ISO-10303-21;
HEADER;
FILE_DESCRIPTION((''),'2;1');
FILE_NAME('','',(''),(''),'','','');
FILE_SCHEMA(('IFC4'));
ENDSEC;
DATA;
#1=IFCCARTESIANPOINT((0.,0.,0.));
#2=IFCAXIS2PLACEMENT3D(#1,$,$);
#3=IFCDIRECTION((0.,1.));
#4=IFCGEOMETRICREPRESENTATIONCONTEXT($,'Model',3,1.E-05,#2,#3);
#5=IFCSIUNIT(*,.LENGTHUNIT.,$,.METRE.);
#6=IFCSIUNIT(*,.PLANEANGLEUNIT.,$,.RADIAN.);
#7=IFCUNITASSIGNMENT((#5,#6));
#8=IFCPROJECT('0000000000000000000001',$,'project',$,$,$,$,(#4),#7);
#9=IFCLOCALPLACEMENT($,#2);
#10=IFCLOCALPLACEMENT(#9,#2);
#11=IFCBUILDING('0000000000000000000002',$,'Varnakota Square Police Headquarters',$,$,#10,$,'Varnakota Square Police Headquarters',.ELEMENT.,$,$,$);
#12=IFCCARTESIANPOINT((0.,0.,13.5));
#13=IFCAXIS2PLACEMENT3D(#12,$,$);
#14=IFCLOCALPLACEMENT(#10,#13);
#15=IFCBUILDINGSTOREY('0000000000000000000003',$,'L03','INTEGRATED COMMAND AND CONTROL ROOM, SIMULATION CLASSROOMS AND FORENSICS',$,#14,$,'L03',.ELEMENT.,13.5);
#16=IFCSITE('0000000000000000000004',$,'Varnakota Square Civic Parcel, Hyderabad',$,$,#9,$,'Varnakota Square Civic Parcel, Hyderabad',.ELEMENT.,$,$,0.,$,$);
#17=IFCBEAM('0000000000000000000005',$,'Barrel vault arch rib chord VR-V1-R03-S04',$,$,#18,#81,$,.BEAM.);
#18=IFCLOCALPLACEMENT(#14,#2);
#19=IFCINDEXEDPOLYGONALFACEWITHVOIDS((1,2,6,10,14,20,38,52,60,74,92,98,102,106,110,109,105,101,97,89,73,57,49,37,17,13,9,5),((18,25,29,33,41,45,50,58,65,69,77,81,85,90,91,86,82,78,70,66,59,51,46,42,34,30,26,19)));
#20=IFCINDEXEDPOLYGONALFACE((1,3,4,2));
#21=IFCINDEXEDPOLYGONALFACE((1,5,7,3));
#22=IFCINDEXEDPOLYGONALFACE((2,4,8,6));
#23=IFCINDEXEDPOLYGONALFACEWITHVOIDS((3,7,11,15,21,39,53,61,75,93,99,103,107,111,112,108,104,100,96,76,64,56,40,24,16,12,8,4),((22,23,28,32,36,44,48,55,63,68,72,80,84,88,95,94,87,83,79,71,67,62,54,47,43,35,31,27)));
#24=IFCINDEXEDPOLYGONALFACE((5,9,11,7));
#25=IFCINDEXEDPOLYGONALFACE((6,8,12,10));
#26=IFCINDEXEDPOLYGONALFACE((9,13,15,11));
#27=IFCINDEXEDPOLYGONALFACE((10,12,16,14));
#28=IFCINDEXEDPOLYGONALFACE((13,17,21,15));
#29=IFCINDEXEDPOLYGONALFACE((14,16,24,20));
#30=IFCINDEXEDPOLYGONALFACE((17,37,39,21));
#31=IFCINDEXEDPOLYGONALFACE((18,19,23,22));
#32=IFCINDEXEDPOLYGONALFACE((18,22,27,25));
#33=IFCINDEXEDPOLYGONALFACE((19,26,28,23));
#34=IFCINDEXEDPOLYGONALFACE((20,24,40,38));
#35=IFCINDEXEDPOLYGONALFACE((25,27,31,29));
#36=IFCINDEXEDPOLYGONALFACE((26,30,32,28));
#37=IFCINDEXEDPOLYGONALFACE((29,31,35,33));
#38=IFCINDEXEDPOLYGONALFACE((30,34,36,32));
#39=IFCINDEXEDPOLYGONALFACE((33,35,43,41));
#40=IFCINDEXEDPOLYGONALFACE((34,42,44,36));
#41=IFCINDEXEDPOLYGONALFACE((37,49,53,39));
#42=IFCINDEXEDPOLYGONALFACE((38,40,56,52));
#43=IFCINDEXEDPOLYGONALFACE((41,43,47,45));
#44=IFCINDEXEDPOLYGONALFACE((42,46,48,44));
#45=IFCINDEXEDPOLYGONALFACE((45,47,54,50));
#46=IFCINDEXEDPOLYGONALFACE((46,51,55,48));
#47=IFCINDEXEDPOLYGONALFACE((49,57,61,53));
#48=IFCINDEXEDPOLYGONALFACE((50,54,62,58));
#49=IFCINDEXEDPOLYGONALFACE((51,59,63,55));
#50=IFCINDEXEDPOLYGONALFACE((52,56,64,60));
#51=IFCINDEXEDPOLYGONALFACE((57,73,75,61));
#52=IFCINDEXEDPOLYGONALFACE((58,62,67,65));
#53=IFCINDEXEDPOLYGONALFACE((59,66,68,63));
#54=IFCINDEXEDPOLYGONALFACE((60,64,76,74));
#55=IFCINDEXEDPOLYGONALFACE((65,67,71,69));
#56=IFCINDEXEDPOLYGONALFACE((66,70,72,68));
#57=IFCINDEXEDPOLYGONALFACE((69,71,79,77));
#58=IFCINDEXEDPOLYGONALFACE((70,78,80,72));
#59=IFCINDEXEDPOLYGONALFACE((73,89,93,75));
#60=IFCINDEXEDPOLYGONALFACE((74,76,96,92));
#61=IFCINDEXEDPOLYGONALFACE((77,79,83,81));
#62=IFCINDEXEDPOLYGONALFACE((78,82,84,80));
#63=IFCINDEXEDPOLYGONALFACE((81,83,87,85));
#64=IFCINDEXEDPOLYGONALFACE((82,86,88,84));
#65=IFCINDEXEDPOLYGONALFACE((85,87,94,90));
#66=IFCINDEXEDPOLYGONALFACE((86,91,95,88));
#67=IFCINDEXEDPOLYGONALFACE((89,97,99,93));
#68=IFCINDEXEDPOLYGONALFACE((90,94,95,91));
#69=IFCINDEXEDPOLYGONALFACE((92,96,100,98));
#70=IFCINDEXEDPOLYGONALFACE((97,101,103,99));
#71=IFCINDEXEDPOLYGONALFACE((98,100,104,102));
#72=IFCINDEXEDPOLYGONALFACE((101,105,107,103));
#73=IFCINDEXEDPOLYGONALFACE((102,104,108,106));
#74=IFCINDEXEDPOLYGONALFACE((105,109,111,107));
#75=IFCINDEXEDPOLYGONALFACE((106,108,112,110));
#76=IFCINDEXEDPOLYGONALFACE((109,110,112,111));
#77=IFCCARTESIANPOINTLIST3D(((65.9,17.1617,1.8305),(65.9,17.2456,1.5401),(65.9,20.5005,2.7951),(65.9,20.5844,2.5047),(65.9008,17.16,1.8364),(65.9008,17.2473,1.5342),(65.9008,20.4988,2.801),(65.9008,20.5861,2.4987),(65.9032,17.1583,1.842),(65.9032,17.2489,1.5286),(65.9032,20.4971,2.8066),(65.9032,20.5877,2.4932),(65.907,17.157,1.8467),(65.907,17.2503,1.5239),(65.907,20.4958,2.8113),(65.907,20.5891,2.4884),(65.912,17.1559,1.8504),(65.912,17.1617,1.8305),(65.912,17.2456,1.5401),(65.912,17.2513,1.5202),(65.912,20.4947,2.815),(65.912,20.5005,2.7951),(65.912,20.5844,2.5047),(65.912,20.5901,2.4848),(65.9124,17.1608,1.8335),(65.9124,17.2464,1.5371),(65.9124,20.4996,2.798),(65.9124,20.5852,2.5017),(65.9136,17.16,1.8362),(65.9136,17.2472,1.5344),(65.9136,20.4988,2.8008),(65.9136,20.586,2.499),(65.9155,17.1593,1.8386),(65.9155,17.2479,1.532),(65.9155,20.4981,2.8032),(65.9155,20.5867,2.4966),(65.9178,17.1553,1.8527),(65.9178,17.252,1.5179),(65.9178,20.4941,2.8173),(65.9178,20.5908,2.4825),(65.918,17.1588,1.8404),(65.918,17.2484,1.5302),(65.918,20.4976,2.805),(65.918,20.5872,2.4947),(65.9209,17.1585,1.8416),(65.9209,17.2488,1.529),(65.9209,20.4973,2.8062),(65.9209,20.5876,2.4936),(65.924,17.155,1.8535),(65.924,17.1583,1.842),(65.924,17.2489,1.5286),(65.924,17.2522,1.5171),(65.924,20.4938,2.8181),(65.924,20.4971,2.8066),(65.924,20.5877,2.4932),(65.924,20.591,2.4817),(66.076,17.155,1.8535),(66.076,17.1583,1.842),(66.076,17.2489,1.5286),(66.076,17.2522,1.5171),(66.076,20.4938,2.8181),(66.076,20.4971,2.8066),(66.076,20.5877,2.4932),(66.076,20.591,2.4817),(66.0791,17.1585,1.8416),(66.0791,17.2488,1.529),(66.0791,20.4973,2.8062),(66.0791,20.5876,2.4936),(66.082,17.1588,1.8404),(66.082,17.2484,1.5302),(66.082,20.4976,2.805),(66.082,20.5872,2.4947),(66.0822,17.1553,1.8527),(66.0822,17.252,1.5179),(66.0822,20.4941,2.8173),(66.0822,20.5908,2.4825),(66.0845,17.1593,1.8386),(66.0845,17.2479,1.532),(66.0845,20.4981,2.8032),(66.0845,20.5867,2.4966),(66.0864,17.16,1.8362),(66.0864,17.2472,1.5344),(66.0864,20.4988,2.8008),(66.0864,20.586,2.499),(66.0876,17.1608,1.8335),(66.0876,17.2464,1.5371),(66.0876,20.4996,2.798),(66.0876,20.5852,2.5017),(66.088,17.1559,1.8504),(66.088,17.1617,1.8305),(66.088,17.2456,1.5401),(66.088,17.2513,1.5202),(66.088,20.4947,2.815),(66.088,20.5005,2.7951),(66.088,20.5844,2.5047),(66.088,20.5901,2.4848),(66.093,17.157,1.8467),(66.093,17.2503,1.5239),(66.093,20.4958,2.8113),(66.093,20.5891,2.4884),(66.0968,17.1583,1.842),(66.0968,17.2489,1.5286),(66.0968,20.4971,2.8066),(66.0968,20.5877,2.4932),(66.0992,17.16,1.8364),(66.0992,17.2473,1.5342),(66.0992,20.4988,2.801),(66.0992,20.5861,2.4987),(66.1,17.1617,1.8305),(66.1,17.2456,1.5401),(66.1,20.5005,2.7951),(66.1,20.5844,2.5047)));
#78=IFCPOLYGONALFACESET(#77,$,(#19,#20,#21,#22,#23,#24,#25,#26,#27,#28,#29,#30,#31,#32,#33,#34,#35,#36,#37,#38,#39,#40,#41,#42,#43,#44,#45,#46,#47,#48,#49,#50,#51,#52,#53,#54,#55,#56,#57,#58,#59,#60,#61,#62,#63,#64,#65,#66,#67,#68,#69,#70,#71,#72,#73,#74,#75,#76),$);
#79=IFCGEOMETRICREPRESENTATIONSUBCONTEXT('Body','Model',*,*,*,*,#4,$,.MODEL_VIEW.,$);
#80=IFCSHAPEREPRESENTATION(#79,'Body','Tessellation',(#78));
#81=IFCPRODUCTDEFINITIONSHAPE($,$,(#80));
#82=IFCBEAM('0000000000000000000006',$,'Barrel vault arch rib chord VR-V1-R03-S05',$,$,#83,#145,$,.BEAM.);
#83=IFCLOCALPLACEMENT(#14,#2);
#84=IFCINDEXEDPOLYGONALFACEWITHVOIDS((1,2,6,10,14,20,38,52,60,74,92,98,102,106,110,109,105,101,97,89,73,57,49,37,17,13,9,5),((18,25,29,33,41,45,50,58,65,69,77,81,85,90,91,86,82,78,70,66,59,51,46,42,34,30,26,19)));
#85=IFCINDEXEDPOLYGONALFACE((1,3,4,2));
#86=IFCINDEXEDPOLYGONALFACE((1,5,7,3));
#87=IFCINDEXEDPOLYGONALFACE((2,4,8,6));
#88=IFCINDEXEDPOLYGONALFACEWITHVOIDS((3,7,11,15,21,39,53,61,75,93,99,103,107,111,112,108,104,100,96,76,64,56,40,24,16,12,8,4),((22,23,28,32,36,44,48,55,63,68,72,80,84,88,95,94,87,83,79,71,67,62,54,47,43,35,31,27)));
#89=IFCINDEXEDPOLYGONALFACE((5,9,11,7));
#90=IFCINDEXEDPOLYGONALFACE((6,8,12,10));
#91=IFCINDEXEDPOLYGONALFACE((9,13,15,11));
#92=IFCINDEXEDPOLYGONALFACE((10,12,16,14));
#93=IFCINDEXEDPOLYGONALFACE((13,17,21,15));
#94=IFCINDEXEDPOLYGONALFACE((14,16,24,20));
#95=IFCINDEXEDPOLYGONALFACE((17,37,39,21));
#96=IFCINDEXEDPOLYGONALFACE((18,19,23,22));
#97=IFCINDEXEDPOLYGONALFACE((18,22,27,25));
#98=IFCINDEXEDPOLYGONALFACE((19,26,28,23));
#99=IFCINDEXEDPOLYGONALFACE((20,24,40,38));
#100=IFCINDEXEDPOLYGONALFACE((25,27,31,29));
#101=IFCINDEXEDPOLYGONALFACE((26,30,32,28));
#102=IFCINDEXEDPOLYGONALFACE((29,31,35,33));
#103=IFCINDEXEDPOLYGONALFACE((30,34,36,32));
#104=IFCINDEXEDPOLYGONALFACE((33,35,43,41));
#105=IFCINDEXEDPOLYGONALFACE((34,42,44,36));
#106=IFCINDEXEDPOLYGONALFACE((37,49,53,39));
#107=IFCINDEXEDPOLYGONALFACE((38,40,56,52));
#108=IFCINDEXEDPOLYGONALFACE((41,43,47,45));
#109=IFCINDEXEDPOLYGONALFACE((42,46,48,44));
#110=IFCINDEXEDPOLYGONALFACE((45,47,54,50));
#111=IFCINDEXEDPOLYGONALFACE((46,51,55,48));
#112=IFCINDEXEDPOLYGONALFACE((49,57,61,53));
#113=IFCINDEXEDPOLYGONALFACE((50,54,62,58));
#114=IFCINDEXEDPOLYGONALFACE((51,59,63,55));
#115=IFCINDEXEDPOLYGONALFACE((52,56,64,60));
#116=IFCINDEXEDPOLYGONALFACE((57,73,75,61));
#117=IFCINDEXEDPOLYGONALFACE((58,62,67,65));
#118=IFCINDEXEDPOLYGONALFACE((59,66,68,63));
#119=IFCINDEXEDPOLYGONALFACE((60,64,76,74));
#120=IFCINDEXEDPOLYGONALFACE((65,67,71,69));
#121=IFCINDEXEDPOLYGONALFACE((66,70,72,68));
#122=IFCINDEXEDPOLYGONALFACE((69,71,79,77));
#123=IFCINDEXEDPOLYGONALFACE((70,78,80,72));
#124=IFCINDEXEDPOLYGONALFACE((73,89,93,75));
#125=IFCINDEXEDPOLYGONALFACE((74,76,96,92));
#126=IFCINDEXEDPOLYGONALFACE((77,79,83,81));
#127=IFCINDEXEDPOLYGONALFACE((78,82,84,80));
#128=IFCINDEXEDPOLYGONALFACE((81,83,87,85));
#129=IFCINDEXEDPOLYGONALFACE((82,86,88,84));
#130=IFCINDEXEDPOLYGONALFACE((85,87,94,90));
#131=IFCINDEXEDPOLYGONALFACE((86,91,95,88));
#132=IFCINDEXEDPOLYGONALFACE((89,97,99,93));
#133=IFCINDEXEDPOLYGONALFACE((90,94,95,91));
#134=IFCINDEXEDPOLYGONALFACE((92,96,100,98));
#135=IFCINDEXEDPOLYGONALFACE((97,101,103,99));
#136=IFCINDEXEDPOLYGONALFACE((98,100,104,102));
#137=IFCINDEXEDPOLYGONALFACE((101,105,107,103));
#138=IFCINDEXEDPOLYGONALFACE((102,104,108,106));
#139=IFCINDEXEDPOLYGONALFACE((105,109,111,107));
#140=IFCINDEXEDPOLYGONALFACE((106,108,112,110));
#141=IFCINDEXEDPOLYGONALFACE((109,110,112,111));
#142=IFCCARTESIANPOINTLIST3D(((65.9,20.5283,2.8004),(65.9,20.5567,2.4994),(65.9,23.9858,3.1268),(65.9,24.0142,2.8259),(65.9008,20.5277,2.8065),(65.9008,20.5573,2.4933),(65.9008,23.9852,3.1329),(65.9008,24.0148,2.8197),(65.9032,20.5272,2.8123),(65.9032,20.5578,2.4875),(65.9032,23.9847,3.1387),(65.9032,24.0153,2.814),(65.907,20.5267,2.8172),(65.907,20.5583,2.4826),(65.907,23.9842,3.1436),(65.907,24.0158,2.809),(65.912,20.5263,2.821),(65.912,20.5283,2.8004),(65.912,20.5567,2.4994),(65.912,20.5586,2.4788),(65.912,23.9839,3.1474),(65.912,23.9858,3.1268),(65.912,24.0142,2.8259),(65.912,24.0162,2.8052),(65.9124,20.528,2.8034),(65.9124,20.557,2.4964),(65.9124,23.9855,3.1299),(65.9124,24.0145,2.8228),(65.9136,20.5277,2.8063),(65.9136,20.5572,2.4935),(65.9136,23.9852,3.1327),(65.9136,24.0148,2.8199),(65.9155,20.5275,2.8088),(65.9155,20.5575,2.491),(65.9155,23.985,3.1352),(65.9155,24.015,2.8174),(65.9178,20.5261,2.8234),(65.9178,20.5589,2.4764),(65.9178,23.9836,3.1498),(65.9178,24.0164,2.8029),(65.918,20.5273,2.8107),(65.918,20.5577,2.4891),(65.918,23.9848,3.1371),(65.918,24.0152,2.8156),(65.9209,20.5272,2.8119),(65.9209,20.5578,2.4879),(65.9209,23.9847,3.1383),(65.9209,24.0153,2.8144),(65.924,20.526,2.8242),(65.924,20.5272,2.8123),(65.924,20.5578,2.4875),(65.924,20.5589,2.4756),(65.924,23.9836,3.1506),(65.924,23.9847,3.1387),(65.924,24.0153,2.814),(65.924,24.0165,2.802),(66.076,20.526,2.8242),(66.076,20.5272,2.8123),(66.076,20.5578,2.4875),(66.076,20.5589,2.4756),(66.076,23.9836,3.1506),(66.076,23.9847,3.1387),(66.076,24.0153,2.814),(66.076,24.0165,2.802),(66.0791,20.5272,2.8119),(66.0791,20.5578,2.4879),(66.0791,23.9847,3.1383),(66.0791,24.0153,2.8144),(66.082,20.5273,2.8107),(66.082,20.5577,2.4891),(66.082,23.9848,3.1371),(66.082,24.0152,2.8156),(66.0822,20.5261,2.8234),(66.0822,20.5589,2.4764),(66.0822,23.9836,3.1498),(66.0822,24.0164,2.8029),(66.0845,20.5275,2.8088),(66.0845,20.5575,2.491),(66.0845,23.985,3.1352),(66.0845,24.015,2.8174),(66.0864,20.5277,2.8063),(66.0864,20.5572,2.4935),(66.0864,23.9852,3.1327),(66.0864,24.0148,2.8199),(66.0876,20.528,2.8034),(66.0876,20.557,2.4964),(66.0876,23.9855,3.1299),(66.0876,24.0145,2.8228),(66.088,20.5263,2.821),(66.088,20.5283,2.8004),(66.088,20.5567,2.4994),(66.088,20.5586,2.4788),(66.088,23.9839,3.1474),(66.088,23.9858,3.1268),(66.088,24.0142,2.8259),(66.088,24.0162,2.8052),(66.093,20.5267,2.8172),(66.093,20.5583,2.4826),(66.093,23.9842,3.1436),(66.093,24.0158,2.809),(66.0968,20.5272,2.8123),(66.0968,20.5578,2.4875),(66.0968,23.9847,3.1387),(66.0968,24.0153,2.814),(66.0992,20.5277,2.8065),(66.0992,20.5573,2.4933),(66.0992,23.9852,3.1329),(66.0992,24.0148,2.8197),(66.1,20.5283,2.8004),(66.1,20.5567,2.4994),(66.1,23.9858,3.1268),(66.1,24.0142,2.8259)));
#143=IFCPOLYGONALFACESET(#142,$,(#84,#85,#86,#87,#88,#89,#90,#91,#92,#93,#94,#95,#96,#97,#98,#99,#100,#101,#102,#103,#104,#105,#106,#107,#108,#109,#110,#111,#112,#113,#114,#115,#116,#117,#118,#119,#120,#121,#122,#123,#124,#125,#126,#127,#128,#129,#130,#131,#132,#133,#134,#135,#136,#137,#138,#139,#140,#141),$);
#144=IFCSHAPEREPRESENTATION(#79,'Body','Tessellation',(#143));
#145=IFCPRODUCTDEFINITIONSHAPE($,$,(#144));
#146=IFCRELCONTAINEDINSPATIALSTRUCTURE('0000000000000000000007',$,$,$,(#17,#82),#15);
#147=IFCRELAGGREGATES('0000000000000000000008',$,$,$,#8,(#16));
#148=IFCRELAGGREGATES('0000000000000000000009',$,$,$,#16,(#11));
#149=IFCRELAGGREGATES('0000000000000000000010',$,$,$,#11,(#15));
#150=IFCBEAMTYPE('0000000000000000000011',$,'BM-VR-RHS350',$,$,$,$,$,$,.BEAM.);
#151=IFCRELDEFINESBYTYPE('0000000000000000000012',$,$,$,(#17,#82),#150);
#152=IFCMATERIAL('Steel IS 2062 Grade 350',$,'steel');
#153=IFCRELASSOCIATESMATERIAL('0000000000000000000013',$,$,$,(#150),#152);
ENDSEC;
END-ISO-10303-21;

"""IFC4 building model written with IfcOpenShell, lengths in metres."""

from ifc_helpers import new_model, si_unit, direction, frame, origin, origin_2d, place, context, subcontext, project, spatial, hollow_rectangle, extrude, material, material_profile, profile_set, type_object, element, save


model = new_model("IFC4")

# Units and contexts
model_context = context("Model", 3, precision=1e-05, world=origin(), true_north=direction((0.0, 1.0)))
body_context = subcontext(model_context, "Body", "Model", "MODEL_VIEW")
ifc_project = project(units=[si_unit("LENGTHUNIT", "METRE"), si_unit("PLANEANGLEUNIT", "RADIAN")], contexts=[model_context])

# Site, building, storey
site_placement = place(None, origin())
site = spatial("IfcSite", under=ifc_project, at=site_placement, Name="Varnakota Square Civic Parcel, Hyderabad", LongName="Varnakota Square Civic Parcel, Hyderabad", CompositionType="ELEMENT", RefElevation=0.0)
building_placement = place(site_placement, origin())
building = spatial("IfcBuilding", under=site, at=building_placement, Name="Varnakota Square Police Headquarters", LongName="Varnakota Square Police Headquarters", CompositionType="ELEMENT")
storey_placement = place(building_placement, frame((0.0, 0.0, 13.5)))
storey = spatial("IfcBuildingStorey", under=building, at=storey_placement, Name="L03", Description="INTEGRATED COMMAND AND CONTROL ROOM, SIMULATION CLASSROOMS AND FORENSICS", LongName="L03", CompositionType="ELEMENT", Elevation=13.5)

# Beams
ifc_material_1 = material(Name="Steel IS 2062 Grade 350", Category="steel")
ifc_material_profile_1 = material_profile(ifc_material_1, hollow_rectangle(XDim=0.2, YDim=0.3501, WallThickness=0.012, InnerFilletRadius=0.012, OuterFilletRadius=0.0239, at=origin_2d()), Name="RHS 350x200x12")
ifc_profile_set_1 = profile_set([ifc_material_profile_1], Name="Steel IS 2062 Grade 350")
beam_type = type_object("IfcBeamType", Name="BM-VR-RHS350", PredefinedType="BEAM", material=ifc_profile_set_1)
beam_1_placement = place(storey_placement, frame((66.0, 17.2036, 1.6853), z_axis=(0.0, 0.960711, 0.27755), x_axis=(-1.0, 0.0, 0.0)))
element("IfcBeam", 1, at=beam_1_placement, inside=storey, type_object=beam_type, Name="Barrel vault arch rib chord VR-V1-R03-S04", PredefinedType="BEAM", context=body_context, shape_type="SweptSolid", body=[
    extrude(hollow_rectangle(XDim=0.2, YDim=0.3501, WallThickness=0.012, InnerFilletRadius=0.012, OuterFilletRadius=0.0239, at=origin_2d()), origin(), (0.0, 0.0, 1.0), 3.4753),
])
beam_2_placement = place(storey_placement, frame((66.0, 20.5425, 2.6499), z_axis=(0.0, 0.995573, 0.09399), x_axis=(-1.0, 0.0, 0.0)))
element("IfcBeam", 2, at=beam_2_placement, inside=storey, type_object=beam_type, Name="Barrel vault arch rib chord VR-V1-R03-S05", PredefinedType="BEAM", context=body_context, shape_type="SweptSolid", body=[
    extrude(hollow_rectangle(XDim=0.2, YDim=0.3501, WallThickness=0.012, InnerFilletRadius=0.012, OuterFilletRadius=0.0239, at=origin_2d()), origin(), (0.0, 0.0, 1.0), 3.4729),
])

save(model, "model.ifc")
